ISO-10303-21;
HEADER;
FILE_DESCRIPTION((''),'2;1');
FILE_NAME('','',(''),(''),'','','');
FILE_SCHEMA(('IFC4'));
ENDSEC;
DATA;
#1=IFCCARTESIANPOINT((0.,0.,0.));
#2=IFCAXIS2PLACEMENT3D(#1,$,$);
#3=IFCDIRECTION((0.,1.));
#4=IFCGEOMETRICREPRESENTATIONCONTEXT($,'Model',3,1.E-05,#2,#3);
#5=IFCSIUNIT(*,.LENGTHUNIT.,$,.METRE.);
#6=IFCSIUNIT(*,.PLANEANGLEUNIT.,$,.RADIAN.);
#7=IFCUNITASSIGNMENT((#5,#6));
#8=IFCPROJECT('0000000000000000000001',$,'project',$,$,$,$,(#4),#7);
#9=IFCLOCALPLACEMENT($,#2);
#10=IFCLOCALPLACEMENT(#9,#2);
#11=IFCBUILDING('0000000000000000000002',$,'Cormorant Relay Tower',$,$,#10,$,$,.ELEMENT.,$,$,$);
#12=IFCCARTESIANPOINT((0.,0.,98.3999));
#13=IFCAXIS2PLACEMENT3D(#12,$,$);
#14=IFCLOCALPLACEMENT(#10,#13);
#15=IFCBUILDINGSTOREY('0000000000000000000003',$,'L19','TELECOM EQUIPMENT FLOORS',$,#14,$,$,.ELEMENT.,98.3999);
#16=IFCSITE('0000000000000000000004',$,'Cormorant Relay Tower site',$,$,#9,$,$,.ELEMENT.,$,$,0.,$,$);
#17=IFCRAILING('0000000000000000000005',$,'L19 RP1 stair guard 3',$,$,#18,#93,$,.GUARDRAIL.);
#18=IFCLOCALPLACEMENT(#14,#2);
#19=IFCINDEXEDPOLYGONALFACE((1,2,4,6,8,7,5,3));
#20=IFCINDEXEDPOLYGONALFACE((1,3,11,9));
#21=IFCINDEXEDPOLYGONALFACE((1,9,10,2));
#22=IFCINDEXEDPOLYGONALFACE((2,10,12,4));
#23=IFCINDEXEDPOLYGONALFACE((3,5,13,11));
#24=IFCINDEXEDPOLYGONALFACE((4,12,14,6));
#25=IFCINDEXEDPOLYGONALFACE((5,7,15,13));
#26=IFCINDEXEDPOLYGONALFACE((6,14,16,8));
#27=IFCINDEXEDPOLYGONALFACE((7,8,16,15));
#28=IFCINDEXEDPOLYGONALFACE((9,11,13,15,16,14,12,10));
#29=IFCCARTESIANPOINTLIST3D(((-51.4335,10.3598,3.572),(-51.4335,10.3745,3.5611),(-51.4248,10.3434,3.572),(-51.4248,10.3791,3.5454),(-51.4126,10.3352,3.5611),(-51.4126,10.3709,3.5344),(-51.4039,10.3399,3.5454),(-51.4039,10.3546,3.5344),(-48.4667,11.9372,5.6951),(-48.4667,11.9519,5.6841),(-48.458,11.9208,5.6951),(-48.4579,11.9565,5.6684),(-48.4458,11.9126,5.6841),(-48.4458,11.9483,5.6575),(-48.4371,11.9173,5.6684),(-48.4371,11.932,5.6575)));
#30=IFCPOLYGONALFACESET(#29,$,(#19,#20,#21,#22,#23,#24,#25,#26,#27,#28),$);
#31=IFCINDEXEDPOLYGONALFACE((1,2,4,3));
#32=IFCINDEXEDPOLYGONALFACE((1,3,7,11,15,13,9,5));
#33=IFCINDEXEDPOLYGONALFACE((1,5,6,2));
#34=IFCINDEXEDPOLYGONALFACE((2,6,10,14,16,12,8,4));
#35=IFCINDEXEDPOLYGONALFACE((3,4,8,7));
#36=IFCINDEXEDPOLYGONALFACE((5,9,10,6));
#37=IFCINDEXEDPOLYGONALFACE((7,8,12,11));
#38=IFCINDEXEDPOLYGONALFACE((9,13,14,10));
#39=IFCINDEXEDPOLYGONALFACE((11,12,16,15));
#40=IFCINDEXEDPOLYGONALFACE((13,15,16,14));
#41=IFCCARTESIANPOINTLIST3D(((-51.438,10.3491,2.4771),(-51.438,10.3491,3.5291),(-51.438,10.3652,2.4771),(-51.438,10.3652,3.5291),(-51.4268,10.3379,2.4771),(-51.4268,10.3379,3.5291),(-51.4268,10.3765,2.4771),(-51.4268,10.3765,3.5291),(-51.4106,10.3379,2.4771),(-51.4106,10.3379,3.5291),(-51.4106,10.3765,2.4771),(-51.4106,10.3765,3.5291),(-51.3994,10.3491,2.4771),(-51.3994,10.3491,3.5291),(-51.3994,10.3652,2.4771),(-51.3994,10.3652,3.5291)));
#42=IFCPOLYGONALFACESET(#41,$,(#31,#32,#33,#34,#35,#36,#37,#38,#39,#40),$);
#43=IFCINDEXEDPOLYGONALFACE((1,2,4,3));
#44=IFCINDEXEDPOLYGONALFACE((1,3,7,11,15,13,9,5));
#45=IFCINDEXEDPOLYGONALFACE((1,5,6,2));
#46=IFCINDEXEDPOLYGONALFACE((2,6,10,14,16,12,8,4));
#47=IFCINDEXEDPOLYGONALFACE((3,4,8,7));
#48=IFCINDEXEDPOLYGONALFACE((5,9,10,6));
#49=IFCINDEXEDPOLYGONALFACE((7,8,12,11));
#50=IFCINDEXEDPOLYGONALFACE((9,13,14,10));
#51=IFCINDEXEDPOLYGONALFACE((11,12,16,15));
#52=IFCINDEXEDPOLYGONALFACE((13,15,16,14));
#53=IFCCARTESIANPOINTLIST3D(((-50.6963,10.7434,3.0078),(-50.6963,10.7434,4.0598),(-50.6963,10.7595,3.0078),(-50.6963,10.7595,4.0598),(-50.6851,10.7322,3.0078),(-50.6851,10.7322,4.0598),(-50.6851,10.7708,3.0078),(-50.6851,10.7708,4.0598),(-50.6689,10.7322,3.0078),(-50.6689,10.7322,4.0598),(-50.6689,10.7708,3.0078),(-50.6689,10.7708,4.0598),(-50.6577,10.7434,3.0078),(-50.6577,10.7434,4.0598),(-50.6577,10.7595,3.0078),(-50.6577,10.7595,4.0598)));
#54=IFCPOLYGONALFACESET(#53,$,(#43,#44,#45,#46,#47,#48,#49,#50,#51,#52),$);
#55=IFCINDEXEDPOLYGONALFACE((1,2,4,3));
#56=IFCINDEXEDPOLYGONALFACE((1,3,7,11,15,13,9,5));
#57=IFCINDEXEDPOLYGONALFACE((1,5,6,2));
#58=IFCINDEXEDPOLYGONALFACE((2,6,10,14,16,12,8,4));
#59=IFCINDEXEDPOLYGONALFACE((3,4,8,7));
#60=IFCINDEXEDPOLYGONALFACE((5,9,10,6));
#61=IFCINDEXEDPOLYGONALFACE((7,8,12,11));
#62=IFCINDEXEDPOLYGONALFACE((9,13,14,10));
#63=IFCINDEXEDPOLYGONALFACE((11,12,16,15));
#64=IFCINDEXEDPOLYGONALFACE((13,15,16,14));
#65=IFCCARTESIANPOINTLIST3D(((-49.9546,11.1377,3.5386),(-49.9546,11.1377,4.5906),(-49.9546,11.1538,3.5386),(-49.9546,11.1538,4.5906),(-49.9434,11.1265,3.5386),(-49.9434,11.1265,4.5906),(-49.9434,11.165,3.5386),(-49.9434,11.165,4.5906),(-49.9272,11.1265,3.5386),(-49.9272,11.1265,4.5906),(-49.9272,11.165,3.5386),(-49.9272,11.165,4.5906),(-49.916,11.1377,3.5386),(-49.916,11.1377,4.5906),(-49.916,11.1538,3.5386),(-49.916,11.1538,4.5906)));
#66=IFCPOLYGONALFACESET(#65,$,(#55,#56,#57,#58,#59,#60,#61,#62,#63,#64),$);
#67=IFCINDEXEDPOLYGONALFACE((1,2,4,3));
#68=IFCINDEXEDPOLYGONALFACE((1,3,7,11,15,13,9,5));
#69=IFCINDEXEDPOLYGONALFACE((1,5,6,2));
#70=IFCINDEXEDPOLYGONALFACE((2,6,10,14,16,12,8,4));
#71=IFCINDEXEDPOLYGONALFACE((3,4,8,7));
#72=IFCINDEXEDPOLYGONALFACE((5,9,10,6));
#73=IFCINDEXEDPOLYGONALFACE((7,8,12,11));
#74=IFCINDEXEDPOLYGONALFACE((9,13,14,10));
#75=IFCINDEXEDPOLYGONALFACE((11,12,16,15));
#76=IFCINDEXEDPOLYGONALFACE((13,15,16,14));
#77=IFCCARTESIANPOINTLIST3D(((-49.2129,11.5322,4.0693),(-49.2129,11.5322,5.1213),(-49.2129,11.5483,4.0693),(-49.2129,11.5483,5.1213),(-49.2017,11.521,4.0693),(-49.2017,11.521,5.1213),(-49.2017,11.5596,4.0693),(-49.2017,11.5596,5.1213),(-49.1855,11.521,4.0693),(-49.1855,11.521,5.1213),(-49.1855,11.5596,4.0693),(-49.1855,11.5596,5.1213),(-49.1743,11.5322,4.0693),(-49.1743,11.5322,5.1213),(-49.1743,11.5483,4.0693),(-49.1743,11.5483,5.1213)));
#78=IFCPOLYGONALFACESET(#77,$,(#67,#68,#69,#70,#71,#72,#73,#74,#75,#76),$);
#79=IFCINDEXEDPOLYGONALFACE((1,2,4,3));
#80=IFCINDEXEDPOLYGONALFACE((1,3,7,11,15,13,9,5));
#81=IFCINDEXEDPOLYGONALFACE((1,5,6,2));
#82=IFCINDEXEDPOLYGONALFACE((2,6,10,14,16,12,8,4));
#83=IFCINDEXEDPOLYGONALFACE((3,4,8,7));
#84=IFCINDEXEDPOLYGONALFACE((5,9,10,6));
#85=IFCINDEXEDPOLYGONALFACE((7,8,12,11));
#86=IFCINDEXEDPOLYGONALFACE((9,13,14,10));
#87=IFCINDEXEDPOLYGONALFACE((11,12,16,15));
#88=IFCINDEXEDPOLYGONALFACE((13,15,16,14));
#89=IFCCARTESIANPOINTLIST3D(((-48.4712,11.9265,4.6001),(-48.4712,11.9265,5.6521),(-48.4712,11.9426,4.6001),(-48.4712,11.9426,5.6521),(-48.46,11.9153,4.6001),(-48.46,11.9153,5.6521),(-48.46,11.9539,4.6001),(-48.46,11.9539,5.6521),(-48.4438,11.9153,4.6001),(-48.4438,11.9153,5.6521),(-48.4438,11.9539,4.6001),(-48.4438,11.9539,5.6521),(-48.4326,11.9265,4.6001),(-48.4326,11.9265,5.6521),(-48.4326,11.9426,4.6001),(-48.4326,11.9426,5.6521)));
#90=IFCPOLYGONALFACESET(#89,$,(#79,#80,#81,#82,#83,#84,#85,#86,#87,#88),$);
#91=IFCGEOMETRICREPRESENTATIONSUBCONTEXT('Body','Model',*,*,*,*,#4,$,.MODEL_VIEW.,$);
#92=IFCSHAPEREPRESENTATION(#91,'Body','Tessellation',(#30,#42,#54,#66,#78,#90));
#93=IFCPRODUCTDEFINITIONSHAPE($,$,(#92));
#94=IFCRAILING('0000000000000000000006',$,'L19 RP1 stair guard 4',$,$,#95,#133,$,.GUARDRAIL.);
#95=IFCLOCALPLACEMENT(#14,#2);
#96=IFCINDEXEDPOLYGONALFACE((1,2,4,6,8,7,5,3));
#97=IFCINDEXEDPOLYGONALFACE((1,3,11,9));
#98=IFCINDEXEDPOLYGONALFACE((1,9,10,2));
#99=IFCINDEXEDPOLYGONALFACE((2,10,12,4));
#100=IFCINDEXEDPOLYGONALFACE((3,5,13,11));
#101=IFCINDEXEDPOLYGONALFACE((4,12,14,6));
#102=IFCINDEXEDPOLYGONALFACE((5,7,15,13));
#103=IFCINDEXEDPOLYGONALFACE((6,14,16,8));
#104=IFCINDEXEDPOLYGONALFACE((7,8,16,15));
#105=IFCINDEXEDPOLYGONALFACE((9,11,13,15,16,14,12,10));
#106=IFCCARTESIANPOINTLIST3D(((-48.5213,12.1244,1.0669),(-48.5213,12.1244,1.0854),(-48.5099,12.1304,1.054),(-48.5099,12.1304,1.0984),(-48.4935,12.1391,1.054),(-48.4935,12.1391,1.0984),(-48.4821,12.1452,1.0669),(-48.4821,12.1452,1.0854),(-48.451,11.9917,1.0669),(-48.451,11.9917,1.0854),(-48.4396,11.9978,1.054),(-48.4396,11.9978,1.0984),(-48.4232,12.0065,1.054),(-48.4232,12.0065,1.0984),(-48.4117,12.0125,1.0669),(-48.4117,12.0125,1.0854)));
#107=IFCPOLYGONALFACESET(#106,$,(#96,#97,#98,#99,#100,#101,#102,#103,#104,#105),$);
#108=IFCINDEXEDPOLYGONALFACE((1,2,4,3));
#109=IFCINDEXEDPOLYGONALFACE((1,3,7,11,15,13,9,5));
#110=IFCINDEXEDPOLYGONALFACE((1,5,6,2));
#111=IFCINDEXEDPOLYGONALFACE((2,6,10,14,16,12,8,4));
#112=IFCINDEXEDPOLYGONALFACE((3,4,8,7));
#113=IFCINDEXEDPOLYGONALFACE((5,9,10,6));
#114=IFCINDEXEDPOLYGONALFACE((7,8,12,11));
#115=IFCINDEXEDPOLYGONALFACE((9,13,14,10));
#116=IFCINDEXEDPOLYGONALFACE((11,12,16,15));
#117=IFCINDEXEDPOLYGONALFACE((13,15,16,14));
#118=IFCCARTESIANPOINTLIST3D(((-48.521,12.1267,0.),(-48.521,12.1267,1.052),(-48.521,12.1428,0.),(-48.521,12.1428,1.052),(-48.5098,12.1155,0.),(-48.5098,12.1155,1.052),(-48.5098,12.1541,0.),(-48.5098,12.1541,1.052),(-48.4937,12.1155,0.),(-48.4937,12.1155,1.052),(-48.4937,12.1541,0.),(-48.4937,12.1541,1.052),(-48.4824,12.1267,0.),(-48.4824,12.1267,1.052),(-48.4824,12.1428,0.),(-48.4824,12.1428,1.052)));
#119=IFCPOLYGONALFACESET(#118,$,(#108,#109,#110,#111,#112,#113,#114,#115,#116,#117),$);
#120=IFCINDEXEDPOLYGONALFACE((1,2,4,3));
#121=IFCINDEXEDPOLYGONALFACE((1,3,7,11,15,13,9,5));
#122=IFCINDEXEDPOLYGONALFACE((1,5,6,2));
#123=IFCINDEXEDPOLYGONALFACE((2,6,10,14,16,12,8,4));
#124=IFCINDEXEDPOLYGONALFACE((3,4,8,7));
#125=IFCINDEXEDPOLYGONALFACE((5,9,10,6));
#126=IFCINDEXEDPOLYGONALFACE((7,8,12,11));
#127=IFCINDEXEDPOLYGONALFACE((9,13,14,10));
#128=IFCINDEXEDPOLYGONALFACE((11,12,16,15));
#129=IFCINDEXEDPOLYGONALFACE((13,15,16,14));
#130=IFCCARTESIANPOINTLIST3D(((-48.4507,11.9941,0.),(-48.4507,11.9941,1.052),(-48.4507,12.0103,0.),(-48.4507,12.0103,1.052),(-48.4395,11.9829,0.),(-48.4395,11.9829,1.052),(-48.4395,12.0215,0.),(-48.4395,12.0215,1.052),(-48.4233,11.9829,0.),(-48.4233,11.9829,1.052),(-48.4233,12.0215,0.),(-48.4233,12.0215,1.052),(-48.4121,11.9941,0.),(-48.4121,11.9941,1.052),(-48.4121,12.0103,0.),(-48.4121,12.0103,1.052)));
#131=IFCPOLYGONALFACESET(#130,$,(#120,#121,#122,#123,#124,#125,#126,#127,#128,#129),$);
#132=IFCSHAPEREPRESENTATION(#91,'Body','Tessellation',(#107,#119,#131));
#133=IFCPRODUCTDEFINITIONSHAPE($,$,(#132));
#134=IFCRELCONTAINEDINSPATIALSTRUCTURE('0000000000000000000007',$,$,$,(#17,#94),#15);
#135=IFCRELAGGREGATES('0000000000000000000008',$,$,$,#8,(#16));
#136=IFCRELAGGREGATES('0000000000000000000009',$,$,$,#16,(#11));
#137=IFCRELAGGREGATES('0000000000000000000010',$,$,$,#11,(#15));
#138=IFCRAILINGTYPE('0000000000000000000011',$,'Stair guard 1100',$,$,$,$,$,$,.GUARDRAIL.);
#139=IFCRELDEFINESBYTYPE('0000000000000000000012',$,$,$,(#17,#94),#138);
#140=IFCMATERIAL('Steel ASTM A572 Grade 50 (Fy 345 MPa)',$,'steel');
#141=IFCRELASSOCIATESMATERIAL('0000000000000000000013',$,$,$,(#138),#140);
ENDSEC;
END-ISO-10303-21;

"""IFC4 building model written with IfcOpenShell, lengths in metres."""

from ifc_helpers import new_model, si_unit, direction, frame, origin, place, context, subcontext, project, spatial, polyline, outline, extrude, material, type_object, element, save


model = new_model("IFC4")

# Units and contexts
model_context = context("Model", 3, precision=1e-05, world=origin(), true_north=direction((0.0, 1.0)))
body_context = subcontext(model_context, "Body", "Model", "MODEL_VIEW")
ifc_project = project(units=[si_unit("LENGTHUNIT", "METRE"), si_unit("PLANEANGLEUNIT", "RADIAN")], contexts=[model_context])

# Site, building, storey
site_placement = place(None, origin())
site = spatial("IfcSite", under=ifc_project, at=site_placement, Name="Cormorant Relay Tower site", CompositionType="ELEMENT", RefElevation=0.0)
building_placement = place(site_placement, origin())
building = spatial("IfcBuilding", under=site, at=building_placement, Name="Cormorant Relay Tower", CompositionType="ELEMENT")
storey_placement = place(building_placement, frame((0.0, 0.0, 98.3999)))
storey = spatial("IfcBuildingStorey", under=building, at=storey_placement, Name="L19", Description="TELECOM EQUIPMENT FLOORS", CompositionType="ELEMENT", Elevation=98.3999)

# Railings
ifc_material_1 = material(Name="Steel ASTM A572 Grade 50 (Fy 345 MPa)", Category="steel")
railing_type_1 = type_object("IfcRailingType", Name="Stair guard 1100", PredefinedType="GUARDRAIL", material=ifc_material_1)
railing_1_placement = place(storey_placement, frame((-51.4187, 10.3572, 2.4771)))
element("IfcRailing", 1, at=railing_1_placement, inside=storey, type_object=railing_type_1, Name="L19 RP1 stair guard 3", PredefinedType="GUARDRAIL", context=body_context, shape_type="SweptSolid", body=[
    extrude(outline(polyline([(0.0222, 0.0093), (0.0093, 0.0222), (-0.0093, 0.0222), (-0.0222, 0.0093), (-0.0222, -0.0093), (-0.0093, -0.0222), (0.0093, -0.0222), (0.0222, -0.0093), (0.0222, 0.0093)])), frame((0.0, 0.0, 1.0762), z_axis=(0.746441, 0.396869, 0.534155), x_axis=(-0.469453, 0.882958, 0.0)), (0.0, 0.0, 1.0), 3.9746),
    extrude(outline(polyline([(0.0193, 0.0081), (0.0081, 0.0193), (-0.0081, 0.0193), (-0.0193, 0.0081), (-0.0193, -0.0081), (-0.0081, -0.0193), (0.0081, -0.0193), (0.0193, -0.0081), (0.0193, 0.0081)])), origin(), (0.0, 0.0, 1.0), 1.052),
    extrude(outline(polyline([(0.0193, 0.0081), (0.0081, 0.0193), (-0.0081, 0.0193), (-0.0193, 0.0081), (-0.0193, -0.0081), (-0.0081, -0.0193), (0.0081, -0.0193), (0.0193, -0.0081), (0.0193, 0.0081)])), frame((0.7417, 0.3943, 0.5308)), (0.0, 0.0, 1.0), 1.052),
    extrude(outline(polyline([(0.0193, 0.0081), (0.0081, 0.0193), (-0.0081, 0.0193), (-0.0193, 0.0081), (-0.0193, -0.0081), (-0.0081, -0.0193), (0.0081, -0.0193), (0.0193, -0.0081), (0.0193, 0.0081)])), frame((1.4834, 0.7886, 1.0615)), (0.0, 0.0, 1.0), 1.052),
    extrude(outline(polyline([(0.0193, 0.0081), (0.0081, 0.0193), (-0.0081, 0.0193), (-0.0193, 0.0081), (-0.0193, -0.0081), (-0.0081, -0.0193), (0.0081, -0.0193), (0.0193, -0.0081), (0.0193, 0.0081)])), frame((2.2251, 1.1831, 1.5923)), (0.0, 0.0, 1.0), 1.052),
    extrude(outline(polyline([(0.0193, 0.0081), (0.0081, 0.0193), (-0.0081, 0.0193), (-0.0193, 0.0081), (-0.0193, -0.0081), (-0.0081, -0.0193), (0.0081, -0.0193), (0.0193, -0.0081), (0.0193, 0.0081)])), frame((2.9668, 1.5774, 2.123)), (0.0, 0.0, 1.0), 1.052),
])
railing_2_placement = place(storey_placement, frame((-48.5017, 12.1348, 0.0)))
element("IfcRailing", 2, at=railing_2_placement, inside=storey, type_object=railing_type_1, Name="L19 RP1 stair guard 4", PredefinedType="GUARDRAIL", context=body_context, shape_type="SweptSolid", body=[
    extrude(outline(polyline([(0.0222, 0.0093), (0.0093, 0.0222), (-0.0093, 0.0222), (-0.0222, 0.0093), (-0.0222, -0.0093), (-0.0093, -0.0222), (0.0093, -0.0222), (0.0222, -0.0093), (0.0222, 0.0093)])), frame((0.0, 0.0, 1.0762), z_axis=(0.46856, -0.883431, 0.0), x_axis=(0.883431, 0.46856, 0.0)), (0.0, 0.0, 1.0), 0.1501),
    extrude(outline(polyline([(0.0193, 0.0081), (0.0081, 0.0193), (-0.0081, 0.0193), (-0.0193, 0.0081), (-0.0193, -0.0081), (-0.0081, -0.0193), (0.0081, -0.0193), (0.0193, -0.0081), (0.0193, 0.0081)])), origin(), (0.0, 0.0, 1.0), 1.052),
    extrude(outline(polyline([(0.0193, 0.0081), (0.0081, 0.0193), (-0.0081, 0.0193), (-0.0193, 0.0081), (-0.0193, -0.0081), (-0.0081, -0.0193), (0.0081, -0.0193), (0.0193, -0.0081), (0.0193, 0.0081)])), frame((0.0703, -0.1326, 0.0)), (0.0, 0.0, 1.0), 1.052),
])

save(model, "model.ifc")
